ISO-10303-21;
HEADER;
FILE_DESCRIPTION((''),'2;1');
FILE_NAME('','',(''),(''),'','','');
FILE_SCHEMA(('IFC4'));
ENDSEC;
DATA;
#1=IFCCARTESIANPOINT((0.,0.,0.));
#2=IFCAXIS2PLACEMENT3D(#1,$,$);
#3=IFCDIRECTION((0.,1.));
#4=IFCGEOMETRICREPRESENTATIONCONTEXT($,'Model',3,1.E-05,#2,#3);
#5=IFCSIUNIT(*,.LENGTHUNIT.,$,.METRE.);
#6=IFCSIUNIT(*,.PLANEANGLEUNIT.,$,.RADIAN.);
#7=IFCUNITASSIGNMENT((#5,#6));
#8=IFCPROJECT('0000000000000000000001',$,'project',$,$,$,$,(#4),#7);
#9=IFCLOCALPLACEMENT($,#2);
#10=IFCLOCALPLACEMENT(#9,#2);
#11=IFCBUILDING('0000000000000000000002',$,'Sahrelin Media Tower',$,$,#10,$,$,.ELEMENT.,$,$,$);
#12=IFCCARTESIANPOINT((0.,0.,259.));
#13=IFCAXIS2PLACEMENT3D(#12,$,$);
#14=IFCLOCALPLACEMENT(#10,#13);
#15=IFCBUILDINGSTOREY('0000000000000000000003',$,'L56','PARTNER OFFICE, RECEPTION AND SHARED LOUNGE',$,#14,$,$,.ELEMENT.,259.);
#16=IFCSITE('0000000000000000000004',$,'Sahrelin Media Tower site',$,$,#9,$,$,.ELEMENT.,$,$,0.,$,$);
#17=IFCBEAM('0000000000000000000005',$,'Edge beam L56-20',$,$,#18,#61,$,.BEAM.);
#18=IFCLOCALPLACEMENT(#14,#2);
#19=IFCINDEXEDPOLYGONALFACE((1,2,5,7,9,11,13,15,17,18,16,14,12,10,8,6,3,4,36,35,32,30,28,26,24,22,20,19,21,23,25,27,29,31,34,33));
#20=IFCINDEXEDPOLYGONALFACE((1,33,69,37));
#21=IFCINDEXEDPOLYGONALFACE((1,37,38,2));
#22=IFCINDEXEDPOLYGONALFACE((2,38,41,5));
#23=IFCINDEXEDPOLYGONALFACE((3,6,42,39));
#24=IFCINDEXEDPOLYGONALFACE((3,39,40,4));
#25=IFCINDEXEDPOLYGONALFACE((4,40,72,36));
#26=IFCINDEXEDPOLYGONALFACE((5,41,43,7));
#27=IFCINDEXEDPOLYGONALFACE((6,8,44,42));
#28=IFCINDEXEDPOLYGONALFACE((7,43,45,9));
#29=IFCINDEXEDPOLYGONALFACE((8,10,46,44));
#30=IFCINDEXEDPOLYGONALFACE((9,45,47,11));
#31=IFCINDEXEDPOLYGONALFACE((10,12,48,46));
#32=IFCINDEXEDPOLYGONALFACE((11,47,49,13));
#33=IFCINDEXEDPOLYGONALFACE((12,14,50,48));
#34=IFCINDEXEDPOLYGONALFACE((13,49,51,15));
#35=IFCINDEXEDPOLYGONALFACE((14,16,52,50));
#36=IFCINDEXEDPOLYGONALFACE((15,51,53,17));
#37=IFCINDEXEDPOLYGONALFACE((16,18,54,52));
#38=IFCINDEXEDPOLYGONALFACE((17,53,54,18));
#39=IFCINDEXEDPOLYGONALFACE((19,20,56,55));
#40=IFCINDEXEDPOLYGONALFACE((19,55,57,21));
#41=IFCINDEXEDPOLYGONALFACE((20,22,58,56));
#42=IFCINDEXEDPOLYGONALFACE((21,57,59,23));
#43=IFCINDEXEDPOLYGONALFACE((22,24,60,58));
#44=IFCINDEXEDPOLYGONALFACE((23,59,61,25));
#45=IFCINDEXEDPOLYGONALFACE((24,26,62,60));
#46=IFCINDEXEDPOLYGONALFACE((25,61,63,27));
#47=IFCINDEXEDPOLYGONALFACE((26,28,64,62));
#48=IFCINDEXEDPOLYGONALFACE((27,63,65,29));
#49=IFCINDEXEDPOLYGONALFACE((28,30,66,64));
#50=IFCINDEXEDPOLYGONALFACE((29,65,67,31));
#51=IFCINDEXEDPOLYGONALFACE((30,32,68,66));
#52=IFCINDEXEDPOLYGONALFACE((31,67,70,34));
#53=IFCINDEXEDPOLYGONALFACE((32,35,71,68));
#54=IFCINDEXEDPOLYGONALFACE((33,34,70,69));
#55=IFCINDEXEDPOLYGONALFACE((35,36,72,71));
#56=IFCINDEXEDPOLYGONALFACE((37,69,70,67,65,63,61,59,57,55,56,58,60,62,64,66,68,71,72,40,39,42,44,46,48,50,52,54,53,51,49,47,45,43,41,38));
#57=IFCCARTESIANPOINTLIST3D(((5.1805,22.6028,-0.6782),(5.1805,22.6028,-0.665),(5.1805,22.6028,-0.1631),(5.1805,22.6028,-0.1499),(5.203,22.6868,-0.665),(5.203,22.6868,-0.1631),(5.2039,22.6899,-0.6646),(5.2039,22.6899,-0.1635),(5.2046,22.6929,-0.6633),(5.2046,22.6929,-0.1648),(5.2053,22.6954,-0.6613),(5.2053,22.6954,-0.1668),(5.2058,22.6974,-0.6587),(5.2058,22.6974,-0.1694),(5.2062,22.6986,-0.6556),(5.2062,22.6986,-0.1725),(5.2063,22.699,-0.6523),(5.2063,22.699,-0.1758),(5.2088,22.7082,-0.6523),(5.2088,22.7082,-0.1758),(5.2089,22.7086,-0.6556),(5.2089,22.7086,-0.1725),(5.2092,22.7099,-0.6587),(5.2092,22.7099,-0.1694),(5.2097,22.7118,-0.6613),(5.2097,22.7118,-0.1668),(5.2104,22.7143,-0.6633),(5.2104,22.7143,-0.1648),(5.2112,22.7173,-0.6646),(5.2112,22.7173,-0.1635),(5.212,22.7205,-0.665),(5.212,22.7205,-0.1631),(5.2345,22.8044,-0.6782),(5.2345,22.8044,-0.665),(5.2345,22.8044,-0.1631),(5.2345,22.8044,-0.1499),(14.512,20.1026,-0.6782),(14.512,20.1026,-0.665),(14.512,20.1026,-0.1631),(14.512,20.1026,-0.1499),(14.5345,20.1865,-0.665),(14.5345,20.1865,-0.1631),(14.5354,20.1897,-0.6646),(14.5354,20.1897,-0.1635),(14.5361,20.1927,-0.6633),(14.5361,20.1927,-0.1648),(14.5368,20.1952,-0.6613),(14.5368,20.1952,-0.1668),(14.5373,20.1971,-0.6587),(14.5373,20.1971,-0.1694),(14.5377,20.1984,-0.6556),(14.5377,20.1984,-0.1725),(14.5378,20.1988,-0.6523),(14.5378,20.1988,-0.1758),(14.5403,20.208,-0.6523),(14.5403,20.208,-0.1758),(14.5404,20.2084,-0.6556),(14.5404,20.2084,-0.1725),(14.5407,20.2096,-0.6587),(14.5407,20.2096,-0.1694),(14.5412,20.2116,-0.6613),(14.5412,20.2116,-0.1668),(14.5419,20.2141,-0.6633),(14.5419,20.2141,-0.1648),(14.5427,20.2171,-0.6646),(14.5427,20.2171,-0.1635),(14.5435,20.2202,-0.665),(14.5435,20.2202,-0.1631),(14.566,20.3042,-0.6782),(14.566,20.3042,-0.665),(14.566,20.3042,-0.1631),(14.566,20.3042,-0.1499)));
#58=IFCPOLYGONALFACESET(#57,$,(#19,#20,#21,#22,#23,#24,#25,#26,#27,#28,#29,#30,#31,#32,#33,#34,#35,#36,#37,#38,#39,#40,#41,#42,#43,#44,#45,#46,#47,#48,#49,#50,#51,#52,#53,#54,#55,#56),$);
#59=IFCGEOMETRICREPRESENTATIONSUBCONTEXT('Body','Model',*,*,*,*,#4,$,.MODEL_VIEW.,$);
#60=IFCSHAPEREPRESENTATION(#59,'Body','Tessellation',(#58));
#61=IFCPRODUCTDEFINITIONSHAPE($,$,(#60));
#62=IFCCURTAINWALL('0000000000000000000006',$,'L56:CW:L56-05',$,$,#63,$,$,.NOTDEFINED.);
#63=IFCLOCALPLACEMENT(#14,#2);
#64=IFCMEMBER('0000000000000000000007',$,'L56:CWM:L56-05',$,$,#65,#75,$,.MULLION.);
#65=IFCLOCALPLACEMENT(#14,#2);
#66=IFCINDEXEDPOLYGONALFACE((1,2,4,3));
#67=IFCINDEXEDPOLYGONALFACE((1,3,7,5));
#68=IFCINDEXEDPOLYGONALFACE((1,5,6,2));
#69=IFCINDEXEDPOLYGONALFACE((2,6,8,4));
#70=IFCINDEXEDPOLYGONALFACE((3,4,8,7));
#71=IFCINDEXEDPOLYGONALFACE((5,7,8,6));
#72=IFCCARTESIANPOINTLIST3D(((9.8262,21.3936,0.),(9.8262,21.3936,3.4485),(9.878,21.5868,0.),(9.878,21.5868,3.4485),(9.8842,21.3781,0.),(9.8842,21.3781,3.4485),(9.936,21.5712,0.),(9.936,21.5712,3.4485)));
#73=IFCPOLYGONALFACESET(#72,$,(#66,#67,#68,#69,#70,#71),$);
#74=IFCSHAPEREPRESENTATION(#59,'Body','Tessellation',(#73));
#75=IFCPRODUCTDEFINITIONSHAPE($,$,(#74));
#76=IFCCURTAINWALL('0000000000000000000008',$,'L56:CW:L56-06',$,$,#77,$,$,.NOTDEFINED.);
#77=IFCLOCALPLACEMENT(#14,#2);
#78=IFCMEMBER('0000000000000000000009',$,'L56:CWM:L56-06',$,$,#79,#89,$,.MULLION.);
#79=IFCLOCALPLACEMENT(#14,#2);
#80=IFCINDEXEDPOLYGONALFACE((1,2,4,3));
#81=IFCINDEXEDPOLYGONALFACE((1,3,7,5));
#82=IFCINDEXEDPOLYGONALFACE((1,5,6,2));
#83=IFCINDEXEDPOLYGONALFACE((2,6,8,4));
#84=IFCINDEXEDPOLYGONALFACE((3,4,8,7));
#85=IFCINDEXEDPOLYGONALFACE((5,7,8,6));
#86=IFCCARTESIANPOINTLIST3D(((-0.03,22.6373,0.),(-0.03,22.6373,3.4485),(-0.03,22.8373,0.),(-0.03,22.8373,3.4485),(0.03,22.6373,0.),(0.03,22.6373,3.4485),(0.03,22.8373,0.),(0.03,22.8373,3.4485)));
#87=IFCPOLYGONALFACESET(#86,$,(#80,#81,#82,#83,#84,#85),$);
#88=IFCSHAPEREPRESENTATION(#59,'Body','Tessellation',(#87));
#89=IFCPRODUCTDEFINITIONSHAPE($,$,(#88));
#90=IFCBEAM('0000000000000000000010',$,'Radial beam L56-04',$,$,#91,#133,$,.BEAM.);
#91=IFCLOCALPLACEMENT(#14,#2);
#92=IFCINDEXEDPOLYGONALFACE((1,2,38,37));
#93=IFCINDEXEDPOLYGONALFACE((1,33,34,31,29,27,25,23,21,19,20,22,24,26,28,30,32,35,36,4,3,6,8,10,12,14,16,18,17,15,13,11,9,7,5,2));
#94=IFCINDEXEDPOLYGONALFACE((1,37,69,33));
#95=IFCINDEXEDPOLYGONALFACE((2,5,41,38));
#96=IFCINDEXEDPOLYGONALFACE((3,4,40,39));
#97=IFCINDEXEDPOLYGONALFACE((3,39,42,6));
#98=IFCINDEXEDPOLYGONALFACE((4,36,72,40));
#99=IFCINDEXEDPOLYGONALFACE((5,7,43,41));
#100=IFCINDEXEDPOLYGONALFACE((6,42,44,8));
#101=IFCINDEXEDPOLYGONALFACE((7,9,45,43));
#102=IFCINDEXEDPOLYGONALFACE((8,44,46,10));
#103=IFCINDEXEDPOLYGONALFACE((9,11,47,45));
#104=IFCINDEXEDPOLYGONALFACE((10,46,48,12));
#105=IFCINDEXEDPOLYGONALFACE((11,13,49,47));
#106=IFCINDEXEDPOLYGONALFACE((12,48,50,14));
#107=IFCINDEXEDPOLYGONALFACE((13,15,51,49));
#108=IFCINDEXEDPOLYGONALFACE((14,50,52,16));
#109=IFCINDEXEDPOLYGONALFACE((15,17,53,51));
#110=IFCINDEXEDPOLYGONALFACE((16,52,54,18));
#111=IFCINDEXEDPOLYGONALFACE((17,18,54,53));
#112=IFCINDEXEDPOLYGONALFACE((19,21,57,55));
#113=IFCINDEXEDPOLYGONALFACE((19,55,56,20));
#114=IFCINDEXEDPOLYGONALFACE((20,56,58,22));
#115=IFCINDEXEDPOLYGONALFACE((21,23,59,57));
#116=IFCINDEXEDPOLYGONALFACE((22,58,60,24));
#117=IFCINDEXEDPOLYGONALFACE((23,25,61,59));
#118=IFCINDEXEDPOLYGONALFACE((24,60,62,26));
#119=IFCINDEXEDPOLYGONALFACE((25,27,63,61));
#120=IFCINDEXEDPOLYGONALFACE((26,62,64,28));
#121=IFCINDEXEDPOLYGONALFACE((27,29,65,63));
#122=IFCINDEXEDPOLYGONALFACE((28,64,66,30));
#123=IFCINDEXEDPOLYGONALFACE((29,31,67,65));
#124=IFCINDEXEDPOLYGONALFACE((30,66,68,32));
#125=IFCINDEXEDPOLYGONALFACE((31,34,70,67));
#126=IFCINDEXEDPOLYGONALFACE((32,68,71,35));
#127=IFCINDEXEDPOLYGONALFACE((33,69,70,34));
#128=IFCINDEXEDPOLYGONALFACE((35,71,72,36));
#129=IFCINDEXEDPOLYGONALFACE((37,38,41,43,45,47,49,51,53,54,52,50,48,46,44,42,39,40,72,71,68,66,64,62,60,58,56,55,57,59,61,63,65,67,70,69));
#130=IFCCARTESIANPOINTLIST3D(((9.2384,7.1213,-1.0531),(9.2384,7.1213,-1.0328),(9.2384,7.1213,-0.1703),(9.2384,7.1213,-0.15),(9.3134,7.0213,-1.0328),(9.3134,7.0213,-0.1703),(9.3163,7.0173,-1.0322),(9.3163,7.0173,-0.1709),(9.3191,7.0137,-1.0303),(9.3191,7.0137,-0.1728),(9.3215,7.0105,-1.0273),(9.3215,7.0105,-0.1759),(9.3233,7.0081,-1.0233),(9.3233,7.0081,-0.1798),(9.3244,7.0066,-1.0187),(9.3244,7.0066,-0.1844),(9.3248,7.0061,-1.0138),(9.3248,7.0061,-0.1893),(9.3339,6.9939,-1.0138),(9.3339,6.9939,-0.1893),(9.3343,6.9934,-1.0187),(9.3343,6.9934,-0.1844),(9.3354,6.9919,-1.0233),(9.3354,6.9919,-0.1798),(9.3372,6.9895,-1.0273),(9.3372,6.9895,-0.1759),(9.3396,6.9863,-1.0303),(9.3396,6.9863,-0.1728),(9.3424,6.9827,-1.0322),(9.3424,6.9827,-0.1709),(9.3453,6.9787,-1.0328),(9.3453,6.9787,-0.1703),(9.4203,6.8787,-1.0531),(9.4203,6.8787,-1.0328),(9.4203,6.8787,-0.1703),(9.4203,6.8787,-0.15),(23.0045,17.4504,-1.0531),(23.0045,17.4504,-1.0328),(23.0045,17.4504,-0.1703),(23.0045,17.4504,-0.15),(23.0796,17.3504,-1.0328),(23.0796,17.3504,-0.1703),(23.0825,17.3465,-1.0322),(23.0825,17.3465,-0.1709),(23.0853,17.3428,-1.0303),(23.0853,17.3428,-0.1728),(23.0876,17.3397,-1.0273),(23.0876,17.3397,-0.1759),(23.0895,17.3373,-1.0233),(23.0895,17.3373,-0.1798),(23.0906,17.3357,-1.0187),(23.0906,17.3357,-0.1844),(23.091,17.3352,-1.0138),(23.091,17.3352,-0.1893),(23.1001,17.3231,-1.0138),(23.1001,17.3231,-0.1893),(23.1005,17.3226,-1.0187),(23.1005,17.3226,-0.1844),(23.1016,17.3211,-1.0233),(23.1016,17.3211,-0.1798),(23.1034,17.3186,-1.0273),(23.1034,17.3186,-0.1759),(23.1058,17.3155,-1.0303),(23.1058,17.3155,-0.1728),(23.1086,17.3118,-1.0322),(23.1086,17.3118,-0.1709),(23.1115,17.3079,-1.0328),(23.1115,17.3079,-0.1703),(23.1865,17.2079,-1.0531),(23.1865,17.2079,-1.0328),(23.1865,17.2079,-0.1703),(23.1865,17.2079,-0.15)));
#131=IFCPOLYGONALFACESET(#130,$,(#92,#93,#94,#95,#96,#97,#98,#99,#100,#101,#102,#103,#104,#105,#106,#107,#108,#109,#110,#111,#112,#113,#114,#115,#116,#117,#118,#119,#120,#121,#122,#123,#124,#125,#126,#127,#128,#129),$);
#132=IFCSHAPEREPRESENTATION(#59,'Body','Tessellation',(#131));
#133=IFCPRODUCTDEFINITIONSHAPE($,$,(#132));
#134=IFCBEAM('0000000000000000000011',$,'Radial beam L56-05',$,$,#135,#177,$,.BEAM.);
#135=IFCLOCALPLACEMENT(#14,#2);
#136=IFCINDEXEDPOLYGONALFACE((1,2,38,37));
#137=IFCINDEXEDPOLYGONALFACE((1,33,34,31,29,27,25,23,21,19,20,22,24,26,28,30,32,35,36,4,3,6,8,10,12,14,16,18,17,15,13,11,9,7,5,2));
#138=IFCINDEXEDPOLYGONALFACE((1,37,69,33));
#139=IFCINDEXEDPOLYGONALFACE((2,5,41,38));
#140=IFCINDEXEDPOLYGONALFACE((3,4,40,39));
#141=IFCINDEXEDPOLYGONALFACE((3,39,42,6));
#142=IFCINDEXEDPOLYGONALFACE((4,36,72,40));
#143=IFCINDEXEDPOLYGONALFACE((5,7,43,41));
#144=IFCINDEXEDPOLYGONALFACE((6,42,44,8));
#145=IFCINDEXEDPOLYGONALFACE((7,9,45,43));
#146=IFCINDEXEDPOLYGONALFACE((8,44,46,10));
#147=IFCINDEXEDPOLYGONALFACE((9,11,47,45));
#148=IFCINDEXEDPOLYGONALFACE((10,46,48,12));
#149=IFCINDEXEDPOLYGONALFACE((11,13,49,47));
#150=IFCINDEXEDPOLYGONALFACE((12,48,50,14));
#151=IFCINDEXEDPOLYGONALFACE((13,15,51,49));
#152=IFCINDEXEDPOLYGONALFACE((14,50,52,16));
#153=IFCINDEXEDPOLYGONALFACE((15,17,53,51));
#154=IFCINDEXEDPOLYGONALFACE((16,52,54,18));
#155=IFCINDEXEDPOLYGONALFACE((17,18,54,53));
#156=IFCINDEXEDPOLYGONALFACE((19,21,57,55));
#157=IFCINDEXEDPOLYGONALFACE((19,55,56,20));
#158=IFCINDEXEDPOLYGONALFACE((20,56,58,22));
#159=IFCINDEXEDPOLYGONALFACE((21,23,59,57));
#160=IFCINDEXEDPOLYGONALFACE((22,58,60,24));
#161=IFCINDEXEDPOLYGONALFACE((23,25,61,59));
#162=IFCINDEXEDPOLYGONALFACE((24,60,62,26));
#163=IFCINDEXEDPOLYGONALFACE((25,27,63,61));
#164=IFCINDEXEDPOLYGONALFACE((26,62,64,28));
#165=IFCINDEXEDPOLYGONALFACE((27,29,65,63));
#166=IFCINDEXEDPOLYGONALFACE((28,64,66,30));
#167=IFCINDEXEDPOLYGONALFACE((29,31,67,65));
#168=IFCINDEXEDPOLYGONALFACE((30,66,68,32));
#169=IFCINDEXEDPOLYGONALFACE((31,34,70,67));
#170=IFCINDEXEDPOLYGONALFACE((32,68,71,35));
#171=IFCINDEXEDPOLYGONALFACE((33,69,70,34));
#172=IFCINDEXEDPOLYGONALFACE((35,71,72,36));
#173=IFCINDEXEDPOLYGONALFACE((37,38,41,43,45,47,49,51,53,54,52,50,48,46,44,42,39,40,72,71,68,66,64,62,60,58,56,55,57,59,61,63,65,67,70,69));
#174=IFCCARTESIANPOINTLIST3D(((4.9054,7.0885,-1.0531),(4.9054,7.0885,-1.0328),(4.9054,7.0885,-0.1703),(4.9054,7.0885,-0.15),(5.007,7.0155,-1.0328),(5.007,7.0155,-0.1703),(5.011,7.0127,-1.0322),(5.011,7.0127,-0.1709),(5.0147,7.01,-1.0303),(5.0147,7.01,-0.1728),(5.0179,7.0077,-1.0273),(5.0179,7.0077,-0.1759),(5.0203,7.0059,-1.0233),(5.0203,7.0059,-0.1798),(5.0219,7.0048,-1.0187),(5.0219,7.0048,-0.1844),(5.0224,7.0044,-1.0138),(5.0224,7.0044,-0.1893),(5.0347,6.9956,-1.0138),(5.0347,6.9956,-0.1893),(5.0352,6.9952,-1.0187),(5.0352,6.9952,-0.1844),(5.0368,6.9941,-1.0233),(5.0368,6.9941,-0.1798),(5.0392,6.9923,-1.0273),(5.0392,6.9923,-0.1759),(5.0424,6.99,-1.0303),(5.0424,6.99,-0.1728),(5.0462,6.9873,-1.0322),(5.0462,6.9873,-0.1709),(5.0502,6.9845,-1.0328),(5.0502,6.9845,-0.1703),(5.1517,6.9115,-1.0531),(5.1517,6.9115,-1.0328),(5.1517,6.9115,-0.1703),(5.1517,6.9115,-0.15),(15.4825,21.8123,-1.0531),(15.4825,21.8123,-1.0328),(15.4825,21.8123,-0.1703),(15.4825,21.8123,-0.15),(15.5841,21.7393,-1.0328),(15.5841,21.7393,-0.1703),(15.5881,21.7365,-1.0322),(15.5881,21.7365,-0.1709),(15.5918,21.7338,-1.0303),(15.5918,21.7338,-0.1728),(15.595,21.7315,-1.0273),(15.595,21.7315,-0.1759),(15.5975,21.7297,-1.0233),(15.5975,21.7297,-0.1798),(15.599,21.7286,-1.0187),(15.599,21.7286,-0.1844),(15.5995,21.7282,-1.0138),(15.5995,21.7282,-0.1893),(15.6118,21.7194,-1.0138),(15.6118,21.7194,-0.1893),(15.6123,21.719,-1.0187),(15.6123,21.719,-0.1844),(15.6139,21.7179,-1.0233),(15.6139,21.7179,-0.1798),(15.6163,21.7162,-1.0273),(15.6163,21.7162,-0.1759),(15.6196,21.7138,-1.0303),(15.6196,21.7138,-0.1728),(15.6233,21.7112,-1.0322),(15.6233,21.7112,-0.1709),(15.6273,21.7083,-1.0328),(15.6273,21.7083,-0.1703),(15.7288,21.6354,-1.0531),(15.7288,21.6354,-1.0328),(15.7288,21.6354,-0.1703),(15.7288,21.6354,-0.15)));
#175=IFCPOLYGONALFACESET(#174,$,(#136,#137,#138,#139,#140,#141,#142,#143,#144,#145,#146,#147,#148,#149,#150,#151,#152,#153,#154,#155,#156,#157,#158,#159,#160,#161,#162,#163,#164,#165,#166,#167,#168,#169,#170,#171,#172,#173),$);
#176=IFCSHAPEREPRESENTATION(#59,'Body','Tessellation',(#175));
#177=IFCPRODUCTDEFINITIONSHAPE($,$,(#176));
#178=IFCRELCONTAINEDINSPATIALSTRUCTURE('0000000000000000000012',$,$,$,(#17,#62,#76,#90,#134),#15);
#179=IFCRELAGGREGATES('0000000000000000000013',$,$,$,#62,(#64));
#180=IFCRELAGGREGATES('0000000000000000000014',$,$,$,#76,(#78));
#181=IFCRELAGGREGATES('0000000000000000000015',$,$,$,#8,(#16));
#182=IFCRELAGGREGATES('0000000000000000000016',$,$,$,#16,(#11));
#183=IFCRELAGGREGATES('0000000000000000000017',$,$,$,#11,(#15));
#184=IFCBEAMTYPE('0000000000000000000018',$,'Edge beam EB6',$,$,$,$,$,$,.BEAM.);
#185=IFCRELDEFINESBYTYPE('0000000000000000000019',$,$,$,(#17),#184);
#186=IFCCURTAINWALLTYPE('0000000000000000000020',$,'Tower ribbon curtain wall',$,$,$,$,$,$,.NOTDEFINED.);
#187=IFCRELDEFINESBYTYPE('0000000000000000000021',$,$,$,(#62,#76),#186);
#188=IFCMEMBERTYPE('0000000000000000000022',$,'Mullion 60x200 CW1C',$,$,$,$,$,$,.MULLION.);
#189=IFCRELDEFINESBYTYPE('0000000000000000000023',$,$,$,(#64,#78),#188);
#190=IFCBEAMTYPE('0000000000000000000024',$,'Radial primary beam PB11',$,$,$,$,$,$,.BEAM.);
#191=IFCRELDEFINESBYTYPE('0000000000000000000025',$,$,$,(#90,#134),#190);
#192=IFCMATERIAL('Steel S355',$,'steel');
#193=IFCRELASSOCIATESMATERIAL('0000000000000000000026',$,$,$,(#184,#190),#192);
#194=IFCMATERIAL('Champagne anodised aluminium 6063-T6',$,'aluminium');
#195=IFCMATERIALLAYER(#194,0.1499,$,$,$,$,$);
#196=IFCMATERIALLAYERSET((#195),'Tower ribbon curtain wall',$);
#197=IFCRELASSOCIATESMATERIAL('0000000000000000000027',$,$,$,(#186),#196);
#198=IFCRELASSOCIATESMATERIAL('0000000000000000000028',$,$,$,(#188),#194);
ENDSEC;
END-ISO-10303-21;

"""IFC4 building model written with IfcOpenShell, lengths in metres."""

from ifc_helpers import new_model, si_unit, direction, frame, origin, origin_2d, place, context, subcontext, project, spatial, rectangle, i_section, extrude, material, layer, layer_set, material_profile, profile_set, type_object, element, aggregate, save


model = new_model("IFC4")

# Units and contexts
model_context = context("Model", 3, precision=1e-05, world=origin(), true_north=direction((0.0, 1.0)))
body_context = subcontext(model_context, "Body", "Model", "MODEL_VIEW")
ifc_project = project(units=[si_unit("LENGTHUNIT", "METRE"), si_unit("PLANEANGLEUNIT", "RADIAN")], contexts=[model_context])

# Site, building, storey
site_placement = place(None, origin())
site = spatial("IfcSite", under=ifc_project, at=site_placement, Name="Sahrelin Media Tower site", CompositionType="ELEMENT", RefElevation=0.0)
building_placement = place(site_placement, origin())
building = spatial("IfcBuilding", under=site, at=building_placement, Name="Sahrelin Media Tower", CompositionType="ELEMENT")
storey_placement = place(building_placement, frame((0.0, 0.0, 259.0)))
storey = spatial("IfcBuildingStorey", under=building, at=storey_placement, Name="L56", Description="PARTNER OFFICE, RECEPTION AND SHARED LOUNGE", CompositionType="ELEMENT", Elevation=259.0)

# Beam
ifc_material_1 = material(Name="Steel S355", Category="steel")
ifc_material_profile_1 = material_profile(ifc_material_1, i_section(OverallWidth=0.2087, OverallDepth=0.5283, WebThickness=0.0095, FlangeThickness=0.0132, FilletRadius=0.0127, at=origin_2d()), Name="UB 533x210x82")
ifc_profile_set_1 = profile_set([ifc_material_profile_1], Name="Steel S355")
beam_type_1 = type_object("IfcBeamType", Name="Edge beam EB6", PredefinedType="BEAM", material=ifc_profile_set_1)
beam_1_placement = place(storey_placement, frame((5.2075, 22.7036, -0.4141), z_axis=(0.965929, -0.258806, 0.0), x_axis=(0.258806, 0.965929, 0.0)))
element("IfcBeam", 1, at=beam_1_placement, inside=storey, type_object=beam_type_1, Name="Edge beam L56-20", PredefinedType="BEAM", context=body_context, shape_type="SweptSolid", body=[
    extrude(i_section(OverallWidth=0.2087, OverallDepth=0.5283, WebThickness=0.0095, FlangeThickness=0.0132, FilletRadius=0.0127, at=origin_2d()), origin(), (0.0, 0.0, 1.0), 9.6606),
])

# Curtain walls, members
ifc_material_2 = material(Name="Champagne anodised aluminium 6063-T6", Category="aluminium")
ifc_layer_1 = layer(ifc_material_2, 0.1499)
ifc_layer_set_1 = layer_set([ifc_layer_1], Name="Tower ribbon curtain wall")
curtain_wall_type = type_object("IfcCurtainWallType", Name="Tower ribbon curtain wall", PredefinedType="NOTDEFINED", material=ifc_layer_set_1)
curtain_wall_1_placement = place(storey_placement, frame((9.9121, 21.5984, 0.0), z_axis=(0.0, 0.0, 1.0), x_axis=(1.0, 0.0, 0.0)))
curtain_wall_1 = element("IfcCurtainWall", 2, at=curtain_wall_1_placement, inside=storey, type_object=curtain_wall_type, Name="L56:CW:L56-05", PredefinedType="NOTDEFINED")
ifc_material_profile_2 = material_profile(ifc_material_2, rectangle(XDim=0.0601, YDim=0.2, at=origin_2d()), Name="Mullion 60x200")
ifc_profile_set_2 = profile_set([ifc_material_profile_2], Name="Champagne anodised aluminium 6063-T6")
member_type_1 = type_object("IfcMemberType", Name="Mullion 60x200 CW1C", PredefinedType="MULLION", material=ifc_profile_set_2)
member_1_placement = place(storey_placement, frame((9.8811, 21.4824, 0.0), z_axis=(0.0, 0.0, 1.0), x_axis=(-0.965927, 0.258816, 0.0)))
member_1 = element("IfcMember", 3, at=member_1_placement, type_object=member_type_1, Name="L56:CWM:L56-05", PredefinedType="MULLION", context=body_context, shape_type="SweptSolid", body=[
    extrude(rectangle(XDim=0.0601, YDim=0.2, at=origin_2d()), origin(), (0.0, 0.0, 1.0), 3.4485),
])
aggregate(curtain_wall_1, [member_1])
placement_1 = place(storey_placement, frame((0.0, 22.8574, 0.0), z_axis=(0.0, 0.0, 1.0), x_axis=(1.0, 0.0, 0.0)))
curtain_wall_2 = element("IfcCurtainWall", 4, at=placement_1, inside=storey, type_object=curtain_wall_type, Name="L56:CW:L56-06", PredefinedType="NOTDEFINED")
member_2_placement = place(storey_placement, frame((0.0, 22.7373, 0.0), z_axis=(0.0, 0.0, 1.0), x_axis=(-1.0, 0.0, 0.0)))
member_2 = element("IfcMember", 5, at=member_2_placement, type_object=member_type_1, Name="L56:CWM:L56-06", PredefinedType="MULLION", context=body_context, shape_type="SweptSolid", body=[
    extrude(rectangle(XDim=0.0601, YDim=0.2, at=origin_2d()), origin(), (0.0, 0.0, 1.0), 3.4485),
])

# Beams
ifc_material_profile_3 = material_profile(ifc_material_1, i_section(OverallWidth=0.3032, OverallDepth=0.9031, WebThickness=0.0151, FlangeThickness=0.0203, FilletRadius=0.019, at=origin_2d()), Name="UB 914x305x201")
ifc_profile_set_3 = profile_set([ifc_material_profile_3], Name="Steel S355")
beam_type_2 = type_object("IfcBeamType", Name="Radial primary beam PB11", PredefinedType="BEAM", material=ifc_profile_set_3)
beam_2_placement = place(storey_placement, frame((9.3293, 7.0, -0.6016), z_axis=(0.799874, 0.600168, 0.0), x_axis=(-0.600168, 0.799874, 0.0)))
element("IfcBeam", 6, at=beam_2_placement, inside=storey, type_object=beam_type_2, Name="Radial beam L56-04", PredefinedType="BEAM", context=body_context, shape_type="SweptSolid", body=[
    extrude(i_section(OverallWidth=0.3032, OverallDepth=0.9031, WebThickness=0.0151, FlangeThickness=0.0203, FilletRadius=0.019, at=origin_2d()), origin(), (0.0, 0.0, 1.0), 17.2104),
])
beam_3_placement = place(storey_placement, frame((5.0286, 7.0, -0.6016), z_axis=(0.583431, 0.812163, 0.0), x_axis=(-0.812163, 0.583431, 0.0)))
element("IfcBeam", 7, at=beam_3_placement, inside=storey, type_object=beam_type_2, Name="Radial beam L56-05", PredefinedType="BEAM", context=body_context, shape_type="SweptSolid", body=[
    extrude(i_section(OverallWidth=0.3032, OverallDepth=0.9031, WebThickness=0.0151, FlangeThickness=0.0203, FilletRadius=0.019, at=origin_2d()), origin(), (0.0, 0.0, 1.0), 18.1292),
])

aggregate(curtain_wall_2, [member_2])

save(model, "model.ifc")
